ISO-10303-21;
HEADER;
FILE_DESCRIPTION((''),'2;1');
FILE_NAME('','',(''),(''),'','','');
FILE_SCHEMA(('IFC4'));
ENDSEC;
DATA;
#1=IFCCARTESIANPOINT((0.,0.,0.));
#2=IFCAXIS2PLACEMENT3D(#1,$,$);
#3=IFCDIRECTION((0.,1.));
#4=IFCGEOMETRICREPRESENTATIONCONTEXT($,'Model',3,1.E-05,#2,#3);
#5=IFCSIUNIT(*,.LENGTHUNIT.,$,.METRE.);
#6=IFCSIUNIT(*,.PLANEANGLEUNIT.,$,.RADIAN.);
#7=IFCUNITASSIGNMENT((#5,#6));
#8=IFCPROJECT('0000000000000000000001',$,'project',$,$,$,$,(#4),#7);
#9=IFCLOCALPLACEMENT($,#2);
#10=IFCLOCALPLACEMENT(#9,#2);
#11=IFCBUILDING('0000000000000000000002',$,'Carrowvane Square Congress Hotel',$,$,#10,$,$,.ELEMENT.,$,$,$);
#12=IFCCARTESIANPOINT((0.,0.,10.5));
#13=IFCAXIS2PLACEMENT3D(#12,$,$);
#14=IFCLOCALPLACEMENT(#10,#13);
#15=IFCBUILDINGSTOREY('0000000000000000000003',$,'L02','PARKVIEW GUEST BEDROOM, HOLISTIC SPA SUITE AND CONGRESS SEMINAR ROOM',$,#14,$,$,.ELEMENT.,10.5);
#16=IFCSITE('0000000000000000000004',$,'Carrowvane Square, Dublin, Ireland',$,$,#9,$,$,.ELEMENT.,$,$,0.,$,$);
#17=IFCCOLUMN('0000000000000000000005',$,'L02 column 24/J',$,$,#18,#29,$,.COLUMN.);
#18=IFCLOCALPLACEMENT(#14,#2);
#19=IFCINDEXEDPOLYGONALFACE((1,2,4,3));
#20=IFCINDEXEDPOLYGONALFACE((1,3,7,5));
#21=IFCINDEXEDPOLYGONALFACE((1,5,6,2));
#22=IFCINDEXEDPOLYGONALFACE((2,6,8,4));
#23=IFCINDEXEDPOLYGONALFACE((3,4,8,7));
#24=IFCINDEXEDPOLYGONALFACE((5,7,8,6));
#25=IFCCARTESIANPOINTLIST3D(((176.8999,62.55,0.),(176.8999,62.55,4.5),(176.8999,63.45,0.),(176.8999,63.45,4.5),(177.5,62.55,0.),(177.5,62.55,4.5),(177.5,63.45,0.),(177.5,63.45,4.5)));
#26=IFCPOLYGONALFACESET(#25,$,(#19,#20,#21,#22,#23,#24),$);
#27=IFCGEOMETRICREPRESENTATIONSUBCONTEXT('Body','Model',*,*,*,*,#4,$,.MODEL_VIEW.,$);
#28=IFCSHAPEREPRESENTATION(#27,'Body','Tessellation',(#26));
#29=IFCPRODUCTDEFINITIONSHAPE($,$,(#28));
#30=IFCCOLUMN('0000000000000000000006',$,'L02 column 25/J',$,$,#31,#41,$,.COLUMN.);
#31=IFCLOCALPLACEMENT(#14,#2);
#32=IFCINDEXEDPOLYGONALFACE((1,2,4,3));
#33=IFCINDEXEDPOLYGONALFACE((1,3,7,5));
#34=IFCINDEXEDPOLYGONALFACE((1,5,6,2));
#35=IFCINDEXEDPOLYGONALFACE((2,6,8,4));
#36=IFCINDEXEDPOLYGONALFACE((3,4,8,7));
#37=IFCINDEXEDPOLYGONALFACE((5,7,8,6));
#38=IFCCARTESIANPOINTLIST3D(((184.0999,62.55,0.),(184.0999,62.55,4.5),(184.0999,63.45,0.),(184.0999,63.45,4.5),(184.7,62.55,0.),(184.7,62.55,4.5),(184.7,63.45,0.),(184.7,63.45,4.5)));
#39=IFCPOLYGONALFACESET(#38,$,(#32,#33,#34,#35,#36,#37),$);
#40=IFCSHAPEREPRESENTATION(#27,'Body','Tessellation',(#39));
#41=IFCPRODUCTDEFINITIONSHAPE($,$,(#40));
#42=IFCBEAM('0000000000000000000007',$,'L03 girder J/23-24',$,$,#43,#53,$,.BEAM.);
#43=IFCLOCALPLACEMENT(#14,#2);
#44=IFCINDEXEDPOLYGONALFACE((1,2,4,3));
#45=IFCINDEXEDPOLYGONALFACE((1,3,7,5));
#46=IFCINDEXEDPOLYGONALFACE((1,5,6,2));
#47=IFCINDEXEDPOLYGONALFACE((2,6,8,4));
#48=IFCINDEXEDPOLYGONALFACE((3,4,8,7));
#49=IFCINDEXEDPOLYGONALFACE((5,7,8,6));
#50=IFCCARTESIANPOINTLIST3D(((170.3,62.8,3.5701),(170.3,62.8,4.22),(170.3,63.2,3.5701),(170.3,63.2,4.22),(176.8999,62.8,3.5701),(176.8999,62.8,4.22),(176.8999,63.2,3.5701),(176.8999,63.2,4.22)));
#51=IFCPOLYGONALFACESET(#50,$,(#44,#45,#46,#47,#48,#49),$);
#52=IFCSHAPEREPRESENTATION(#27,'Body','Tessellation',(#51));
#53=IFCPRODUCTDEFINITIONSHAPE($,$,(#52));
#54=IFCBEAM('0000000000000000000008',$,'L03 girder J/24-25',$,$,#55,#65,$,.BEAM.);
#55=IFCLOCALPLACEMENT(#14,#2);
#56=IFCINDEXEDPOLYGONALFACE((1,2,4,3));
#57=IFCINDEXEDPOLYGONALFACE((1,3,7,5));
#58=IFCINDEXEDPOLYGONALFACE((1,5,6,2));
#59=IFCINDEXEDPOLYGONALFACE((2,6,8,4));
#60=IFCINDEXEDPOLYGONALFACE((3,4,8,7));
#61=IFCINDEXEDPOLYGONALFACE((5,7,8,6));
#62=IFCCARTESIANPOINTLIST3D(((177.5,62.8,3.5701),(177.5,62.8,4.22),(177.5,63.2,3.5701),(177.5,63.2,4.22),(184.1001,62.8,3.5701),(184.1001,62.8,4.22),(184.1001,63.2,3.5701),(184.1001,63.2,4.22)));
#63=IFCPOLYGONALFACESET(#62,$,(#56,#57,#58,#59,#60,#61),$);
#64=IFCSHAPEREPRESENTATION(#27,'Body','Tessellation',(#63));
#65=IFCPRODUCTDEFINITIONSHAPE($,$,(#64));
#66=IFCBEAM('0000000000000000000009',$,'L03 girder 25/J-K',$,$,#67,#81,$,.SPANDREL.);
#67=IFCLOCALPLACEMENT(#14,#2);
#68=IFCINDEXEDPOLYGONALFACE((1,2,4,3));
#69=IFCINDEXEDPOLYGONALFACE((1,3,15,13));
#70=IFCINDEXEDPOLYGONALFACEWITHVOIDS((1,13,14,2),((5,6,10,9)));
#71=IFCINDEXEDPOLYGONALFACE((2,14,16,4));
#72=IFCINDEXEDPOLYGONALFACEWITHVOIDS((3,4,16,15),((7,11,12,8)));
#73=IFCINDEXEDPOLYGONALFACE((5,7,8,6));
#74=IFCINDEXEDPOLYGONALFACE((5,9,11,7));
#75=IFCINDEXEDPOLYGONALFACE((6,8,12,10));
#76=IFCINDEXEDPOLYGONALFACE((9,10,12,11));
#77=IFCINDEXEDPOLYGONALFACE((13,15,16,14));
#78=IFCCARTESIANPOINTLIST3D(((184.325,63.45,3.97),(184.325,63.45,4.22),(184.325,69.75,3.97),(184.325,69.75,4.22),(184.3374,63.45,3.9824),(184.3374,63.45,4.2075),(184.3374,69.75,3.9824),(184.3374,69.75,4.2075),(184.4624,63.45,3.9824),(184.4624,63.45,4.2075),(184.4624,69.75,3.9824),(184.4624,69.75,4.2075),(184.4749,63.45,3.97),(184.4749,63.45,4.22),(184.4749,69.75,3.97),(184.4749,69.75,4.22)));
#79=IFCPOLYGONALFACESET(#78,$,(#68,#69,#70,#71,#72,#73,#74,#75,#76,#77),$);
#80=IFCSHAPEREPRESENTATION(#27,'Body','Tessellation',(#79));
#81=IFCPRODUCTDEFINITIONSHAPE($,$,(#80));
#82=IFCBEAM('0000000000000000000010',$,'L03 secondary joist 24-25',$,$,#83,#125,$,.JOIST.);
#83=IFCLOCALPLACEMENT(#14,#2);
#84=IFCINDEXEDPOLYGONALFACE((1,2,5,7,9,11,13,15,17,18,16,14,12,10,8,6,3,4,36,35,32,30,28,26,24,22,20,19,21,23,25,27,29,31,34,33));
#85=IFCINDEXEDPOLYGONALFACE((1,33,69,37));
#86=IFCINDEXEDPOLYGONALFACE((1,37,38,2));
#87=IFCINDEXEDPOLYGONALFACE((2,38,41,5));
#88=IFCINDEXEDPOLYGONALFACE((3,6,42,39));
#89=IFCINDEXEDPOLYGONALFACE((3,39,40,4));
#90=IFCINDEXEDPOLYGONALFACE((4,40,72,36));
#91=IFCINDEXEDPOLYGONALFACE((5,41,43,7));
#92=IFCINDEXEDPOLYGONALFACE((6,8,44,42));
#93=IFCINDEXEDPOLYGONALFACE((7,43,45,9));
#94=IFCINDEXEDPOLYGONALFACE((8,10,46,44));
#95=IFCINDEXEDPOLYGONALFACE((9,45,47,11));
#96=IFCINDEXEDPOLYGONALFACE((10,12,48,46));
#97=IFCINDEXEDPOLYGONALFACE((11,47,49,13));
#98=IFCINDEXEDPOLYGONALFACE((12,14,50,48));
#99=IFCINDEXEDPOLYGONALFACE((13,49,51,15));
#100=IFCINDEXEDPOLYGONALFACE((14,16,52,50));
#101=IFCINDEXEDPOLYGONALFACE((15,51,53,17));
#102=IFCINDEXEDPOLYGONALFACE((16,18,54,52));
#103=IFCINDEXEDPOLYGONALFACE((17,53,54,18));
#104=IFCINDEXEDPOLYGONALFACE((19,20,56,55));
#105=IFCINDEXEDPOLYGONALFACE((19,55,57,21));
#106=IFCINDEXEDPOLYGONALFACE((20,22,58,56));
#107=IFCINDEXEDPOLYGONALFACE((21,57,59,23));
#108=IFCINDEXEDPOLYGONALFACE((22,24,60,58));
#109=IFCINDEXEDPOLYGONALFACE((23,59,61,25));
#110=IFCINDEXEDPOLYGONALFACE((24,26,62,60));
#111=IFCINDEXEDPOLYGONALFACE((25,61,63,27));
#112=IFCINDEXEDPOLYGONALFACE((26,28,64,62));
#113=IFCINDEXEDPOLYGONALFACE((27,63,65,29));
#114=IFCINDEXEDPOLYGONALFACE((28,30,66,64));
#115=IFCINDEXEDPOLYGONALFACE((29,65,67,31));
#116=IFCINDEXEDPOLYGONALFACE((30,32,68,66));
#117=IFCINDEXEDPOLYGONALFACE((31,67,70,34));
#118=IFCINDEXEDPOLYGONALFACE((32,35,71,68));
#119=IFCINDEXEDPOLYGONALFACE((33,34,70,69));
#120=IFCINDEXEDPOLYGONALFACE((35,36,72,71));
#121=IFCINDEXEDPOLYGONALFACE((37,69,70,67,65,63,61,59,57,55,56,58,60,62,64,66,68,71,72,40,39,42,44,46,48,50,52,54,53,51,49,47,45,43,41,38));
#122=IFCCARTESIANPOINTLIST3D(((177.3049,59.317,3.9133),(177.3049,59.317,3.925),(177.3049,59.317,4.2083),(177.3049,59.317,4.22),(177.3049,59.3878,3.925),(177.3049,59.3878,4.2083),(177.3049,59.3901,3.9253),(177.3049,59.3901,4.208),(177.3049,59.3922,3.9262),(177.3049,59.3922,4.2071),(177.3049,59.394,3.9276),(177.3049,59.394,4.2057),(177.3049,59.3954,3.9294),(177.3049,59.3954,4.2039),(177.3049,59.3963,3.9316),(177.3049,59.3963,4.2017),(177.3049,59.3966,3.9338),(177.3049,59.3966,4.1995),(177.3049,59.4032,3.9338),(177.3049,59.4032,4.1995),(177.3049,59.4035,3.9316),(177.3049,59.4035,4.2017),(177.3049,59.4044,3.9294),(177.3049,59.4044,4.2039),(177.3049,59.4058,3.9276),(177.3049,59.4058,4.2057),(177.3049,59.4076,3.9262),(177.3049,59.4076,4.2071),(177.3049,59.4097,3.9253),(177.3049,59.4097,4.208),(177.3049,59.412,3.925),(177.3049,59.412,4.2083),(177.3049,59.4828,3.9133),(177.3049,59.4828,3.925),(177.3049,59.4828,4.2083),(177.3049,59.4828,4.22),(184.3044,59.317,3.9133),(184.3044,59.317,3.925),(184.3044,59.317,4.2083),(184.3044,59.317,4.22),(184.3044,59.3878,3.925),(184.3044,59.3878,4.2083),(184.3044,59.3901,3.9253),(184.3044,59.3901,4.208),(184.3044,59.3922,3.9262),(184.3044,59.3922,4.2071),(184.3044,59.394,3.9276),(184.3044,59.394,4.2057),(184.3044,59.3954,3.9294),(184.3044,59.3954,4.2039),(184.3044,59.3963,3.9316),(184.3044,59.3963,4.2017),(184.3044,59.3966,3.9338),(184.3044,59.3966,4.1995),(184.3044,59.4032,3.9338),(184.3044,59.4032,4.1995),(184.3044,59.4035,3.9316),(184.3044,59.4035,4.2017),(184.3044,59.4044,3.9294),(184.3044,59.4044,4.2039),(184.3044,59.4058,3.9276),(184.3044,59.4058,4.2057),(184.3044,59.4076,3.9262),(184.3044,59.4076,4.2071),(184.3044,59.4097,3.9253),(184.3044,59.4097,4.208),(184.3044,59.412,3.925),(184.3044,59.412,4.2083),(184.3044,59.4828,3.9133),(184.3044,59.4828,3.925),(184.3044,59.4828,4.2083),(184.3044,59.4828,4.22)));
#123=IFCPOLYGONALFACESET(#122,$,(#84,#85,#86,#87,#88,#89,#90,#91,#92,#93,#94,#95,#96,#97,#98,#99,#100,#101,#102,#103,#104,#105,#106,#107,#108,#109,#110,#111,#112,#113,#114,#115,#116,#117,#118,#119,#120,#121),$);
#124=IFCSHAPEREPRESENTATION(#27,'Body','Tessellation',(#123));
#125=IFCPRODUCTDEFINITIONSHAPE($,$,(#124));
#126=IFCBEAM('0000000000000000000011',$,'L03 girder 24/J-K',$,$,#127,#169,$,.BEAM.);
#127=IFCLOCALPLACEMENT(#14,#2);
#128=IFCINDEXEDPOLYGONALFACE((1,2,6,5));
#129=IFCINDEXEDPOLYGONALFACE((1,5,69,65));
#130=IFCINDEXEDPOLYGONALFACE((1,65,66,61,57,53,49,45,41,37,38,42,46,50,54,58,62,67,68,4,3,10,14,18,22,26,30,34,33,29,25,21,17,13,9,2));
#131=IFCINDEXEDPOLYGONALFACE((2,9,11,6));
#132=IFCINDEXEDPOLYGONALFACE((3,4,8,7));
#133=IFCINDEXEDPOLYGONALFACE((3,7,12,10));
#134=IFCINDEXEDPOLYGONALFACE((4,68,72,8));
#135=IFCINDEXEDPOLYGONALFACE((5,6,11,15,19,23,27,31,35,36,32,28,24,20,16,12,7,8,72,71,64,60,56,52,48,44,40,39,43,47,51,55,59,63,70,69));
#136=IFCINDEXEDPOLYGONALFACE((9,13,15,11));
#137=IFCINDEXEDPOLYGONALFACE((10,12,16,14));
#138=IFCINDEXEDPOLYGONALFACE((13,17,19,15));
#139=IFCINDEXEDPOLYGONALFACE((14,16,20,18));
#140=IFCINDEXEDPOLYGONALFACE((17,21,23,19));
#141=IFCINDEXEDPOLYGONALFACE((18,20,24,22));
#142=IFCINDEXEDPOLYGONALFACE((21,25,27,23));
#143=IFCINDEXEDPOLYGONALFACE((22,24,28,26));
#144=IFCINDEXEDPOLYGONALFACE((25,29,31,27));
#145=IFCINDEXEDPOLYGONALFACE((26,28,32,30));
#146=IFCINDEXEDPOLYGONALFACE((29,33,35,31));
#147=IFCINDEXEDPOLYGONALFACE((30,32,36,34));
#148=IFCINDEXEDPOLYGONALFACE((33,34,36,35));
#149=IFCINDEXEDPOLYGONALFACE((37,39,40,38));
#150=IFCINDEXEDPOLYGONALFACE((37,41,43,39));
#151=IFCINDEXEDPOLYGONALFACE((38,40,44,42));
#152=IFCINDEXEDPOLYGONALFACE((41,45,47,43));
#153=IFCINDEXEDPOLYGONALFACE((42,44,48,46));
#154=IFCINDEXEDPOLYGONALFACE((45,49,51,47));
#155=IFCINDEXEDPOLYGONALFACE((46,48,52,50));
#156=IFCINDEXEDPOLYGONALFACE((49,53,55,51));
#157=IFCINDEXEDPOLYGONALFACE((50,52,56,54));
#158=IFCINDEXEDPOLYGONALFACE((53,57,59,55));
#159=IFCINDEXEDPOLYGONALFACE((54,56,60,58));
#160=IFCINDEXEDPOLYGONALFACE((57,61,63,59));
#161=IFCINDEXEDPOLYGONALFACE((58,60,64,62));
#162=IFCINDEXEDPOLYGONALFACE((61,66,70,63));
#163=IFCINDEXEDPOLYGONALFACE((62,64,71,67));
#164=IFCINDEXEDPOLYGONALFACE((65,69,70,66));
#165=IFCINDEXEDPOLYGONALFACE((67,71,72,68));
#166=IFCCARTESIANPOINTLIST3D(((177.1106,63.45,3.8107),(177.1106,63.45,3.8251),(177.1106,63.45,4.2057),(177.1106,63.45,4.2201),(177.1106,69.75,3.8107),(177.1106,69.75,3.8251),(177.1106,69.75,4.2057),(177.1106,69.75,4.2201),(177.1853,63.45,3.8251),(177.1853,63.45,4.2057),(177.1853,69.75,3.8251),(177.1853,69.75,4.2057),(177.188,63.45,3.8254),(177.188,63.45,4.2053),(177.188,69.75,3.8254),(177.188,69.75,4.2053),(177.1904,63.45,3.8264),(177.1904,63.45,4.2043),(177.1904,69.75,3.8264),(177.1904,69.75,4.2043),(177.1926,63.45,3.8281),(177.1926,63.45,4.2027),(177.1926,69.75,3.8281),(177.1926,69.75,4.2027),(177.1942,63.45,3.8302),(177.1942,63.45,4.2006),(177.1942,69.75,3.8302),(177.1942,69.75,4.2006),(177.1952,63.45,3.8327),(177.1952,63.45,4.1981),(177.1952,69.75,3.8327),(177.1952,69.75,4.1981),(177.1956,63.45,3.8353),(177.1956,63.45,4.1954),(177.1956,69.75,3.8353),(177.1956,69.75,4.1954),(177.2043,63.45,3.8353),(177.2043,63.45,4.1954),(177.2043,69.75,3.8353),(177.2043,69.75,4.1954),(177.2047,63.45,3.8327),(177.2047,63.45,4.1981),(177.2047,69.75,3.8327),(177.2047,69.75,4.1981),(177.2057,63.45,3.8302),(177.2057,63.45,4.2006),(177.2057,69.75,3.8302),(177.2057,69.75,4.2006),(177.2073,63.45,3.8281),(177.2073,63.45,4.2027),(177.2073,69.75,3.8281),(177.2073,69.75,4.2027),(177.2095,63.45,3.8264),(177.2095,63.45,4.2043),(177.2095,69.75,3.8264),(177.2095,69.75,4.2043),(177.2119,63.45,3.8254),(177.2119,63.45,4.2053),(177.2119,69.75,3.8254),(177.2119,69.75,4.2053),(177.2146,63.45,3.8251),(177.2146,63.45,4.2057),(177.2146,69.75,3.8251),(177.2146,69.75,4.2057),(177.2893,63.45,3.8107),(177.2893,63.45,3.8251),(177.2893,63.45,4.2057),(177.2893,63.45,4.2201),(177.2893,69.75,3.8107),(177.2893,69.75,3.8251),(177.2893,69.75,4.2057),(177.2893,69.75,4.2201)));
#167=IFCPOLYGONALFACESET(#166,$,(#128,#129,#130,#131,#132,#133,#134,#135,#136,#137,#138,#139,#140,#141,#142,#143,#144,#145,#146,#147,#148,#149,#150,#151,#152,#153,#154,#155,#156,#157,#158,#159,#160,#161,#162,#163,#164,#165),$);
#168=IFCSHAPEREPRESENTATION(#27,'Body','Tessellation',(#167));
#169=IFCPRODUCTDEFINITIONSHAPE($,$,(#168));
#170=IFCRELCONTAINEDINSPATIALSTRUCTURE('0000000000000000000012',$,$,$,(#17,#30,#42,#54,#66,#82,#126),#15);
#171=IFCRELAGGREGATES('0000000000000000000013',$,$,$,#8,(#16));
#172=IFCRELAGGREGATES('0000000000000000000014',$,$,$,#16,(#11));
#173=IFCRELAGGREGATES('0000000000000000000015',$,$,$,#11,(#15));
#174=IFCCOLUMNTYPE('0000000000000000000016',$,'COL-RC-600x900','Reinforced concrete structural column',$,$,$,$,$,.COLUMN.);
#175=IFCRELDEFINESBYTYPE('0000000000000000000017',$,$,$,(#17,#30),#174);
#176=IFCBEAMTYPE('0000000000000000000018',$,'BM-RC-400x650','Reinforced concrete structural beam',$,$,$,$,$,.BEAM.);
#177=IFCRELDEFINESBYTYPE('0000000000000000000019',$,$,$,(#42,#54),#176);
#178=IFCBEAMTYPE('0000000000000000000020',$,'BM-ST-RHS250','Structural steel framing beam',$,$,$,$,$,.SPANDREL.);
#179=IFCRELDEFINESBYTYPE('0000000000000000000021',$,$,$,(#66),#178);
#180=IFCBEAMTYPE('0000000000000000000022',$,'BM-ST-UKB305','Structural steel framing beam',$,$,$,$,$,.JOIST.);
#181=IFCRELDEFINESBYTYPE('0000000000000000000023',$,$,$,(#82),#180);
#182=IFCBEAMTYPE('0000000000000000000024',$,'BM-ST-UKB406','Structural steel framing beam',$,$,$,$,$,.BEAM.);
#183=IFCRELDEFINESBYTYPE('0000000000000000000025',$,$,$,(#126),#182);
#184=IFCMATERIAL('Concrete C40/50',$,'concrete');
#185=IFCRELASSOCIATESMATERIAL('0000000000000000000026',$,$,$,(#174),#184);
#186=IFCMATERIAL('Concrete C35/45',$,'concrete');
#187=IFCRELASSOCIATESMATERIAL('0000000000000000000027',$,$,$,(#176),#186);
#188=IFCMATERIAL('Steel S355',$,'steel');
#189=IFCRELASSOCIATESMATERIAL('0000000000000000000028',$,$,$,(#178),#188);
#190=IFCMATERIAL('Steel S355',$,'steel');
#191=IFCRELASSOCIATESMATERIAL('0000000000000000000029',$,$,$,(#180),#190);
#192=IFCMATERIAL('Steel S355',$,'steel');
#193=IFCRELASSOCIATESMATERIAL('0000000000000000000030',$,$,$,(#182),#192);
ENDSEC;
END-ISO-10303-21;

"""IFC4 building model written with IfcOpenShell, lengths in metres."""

from ifc_helpers import new_model, si_unit, direction, frame, origin, origin_2d, place, context, subcontext, project, spatial, rectangle, hollow_rectangle, i_section, extrude, material, material_profile, profile_set, type_object, element, save


model = new_model("IFC4")

# Units and contexts
model_context = context("Model", 3, precision=1e-05, world=origin(), true_north=direction((0.0, 1.0)))
body_context = subcontext(model_context, "Body", "Model", "MODEL_VIEW")
ifc_project = project(units=[si_unit("LENGTHUNIT", "METRE"), si_unit("PLANEANGLEUNIT", "RADIAN")], contexts=[model_context])

# Site, building, storey
site_placement = place(None, origin())
site = spatial("IfcSite", under=ifc_project, at=site_placement, Name="Carrowvane Square, Dublin, Ireland", CompositionType="ELEMENT", RefElevation=0.0)
building_placement = place(site_placement, origin())
building = spatial("IfcBuilding", under=site, at=building_placement, Name="Carrowvane Square Congress Hotel", CompositionType="ELEMENT")
storey_placement = place(building_placement, frame((0.0, 0.0, 10.5)))
storey = spatial("IfcBuildingStorey", under=building, at=storey_placement, Name="L02", Description="PARKVIEW GUEST BEDROOM, HOLISTIC SPA SUITE AND CONGRESS SEMINAR ROOM", CompositionType="ELEMENT", Elevation=10.5)

# Columns
ifc_material_1 = material(Name="Concrete C40/50", Category="concrete")
ifc_material_profile_1 = material_profile(ifc_material_1, rectangle(XDim=0.6001, YDim=0.8999, at=origin_2d()), Name="RC 600x900")
ifc_profile_set_1 = profile_set([ifc_material_profile_1], Name="Concrete C40/50")
column_type = type_object("IfcColumnType", Name="COL-RC-600x900", Description="Reinforced concrete structural column", PredefinedType="COLUMN", material=ifc_profile_set_1)
for number, where, z_axis, x_axis, name in (
    (1, (177.2, 63.0, 0.0), (0.0, 0.0, 1.0), (1.0, 0.0, 0.0), "L02 column 24/J"),
    (2, (184.3999, 63.0, 0.0), (0.0, 0.0, 1.0), (1.0, 0.0, 0.0), "L02 column 25/J"),
):
    element("IfcColumn", number, at=place(storey_placement, frame(where, z_axis=z_axis, x_axis=x_axis)), inside=storey, type_object=column_type, Name=name, PredefinedType="COLUMN", context=body_context, shape_type="SweptSolid", body=[
        extrude(rectangle(XDim=0.6001, YDim=0.8999, at=origin_2d()), origin(), (0.0, 0.0, 1.0), 4.5),
    ])

# Beams
ifc_material_2 = material(Name="Concrete C35/45", Category="concrete")
ifc_material_profile_2 = material_profile(ifc_material_2, rectangle(XDim=0.3999, YDim=0.6499, at=origin_2d()), Name="RC 400x650")
ifc_profile_set_2 = profile_set([ifc_material_profile_2], Name="Concrete C35/45")
beam_type_1 = type_object("IfcBeamType", Name="BM-RC-400x650", Description="Reinforced concrete structural beam", PredefinedType="BEAM", material=ifc_profile_set_2)
beam_1_placement = place(storey_placement, frame((170.3, 63.0, 3.895), z_axis=(1.0, 0.0, 0.0), x_axis=(0.0, 1.0, 0.0)))
element("IfcBeam", 3, at=beam_1_placement, inside=storey, type_object=beam_type_1, Name="L03 girder J/23-24", PredefinedType="BEAM", context=body_context, shape_type="SweptSolid", body=[
    extrude(rectangle(XDim=0.3999, YDim=0.6499, at=origin_2d()), origin(), (0.0, 0.0, 1.0), 6.5999),
])
beam_2_placement = place(storey_placement, frame((177.5, 63.0, 3.895), z_axis=(1.0, 0.0, 0.0), x_axis=(0.0, 1.0, 0.0)))
element("IfcBeam", 4, at=beam_2_placement, inside=storey, type_object=beam_type_1, Name="L03 girder J/24-25", PredefinedType="BEAM", context=body_context, shape_type="SweptSolid", body=[
    extrude(rectangle(XDim=0.3999, YDim=0.6499, at=origin_2d()), origin(), (0.0, 0.0, 1.0), 6.6001),
])
ifc_material_3 = material(Name="Steel S355", Category="steel")
ifc_material_profile_3 = material_profile(ifc_material_3, hollow_rectangle(XDim=0.1499, YDim=0.25, WallThickness=0.0125, at=origin_2d()), Name="RHS 250x150x12.5")
ifc_profile_set_3 = profile_set([ifc_material_profile_3], Name="Steel S355")
beam_type_2 = type_object("IfcBeamType", Name="BM-ST-RHS250", Description="Structural steel framing beam", PredefinedType="SPANDREL", material=ifc_profile_set_3)
beam_3_placement = place(storey_placement, frame((184.3999, 63.45, 4.095), z_axis=(0.0, 1.0, 0.0), x_axis=(-1.0, 0.0, 0.0)))
element("IfcBeam", 5, at=beam_3_placement, inside=storey, type_object=beam_type_2, Name="L03 girder 25/J-K", PredefinedType="SPANDREL", context=body_context, shape_type="SweptSolid", body=[
    extrude(hollow_rectangle(XDim=0.1499, YDim=0.25, WallThickness=0.0125, at=origin_2d()), origin(), (0.0, 0.0, 1.0), 6.3),
])
ifc_material_4 = material(Name="Steel S355", Category="steel")
ifc_material_profile_4 = material_profile(ifc_material_4, i_section(OverallWidth=0.1658, OverallDepth=0.3066, WebThickness=0.0066, FlangeThickness=0.0117, FilletRadius=0.0088, at=origin_2d()), Name="UKB 305x165x46")
ifc_profile_set_4 = profile_set([ifc_material_profile_4], Name="Steel S355")
beam_type_3 = type_object("IfcBeamType", Name="BM-ST-UKB305", Description="Structural steel framing beam", PredefinedType="JOIST", material=ifc_profile_set_4)
beam_4_placement = place(storey_placement, frame((177.3049, 59.3999, 4.0667), z_axis=(1.0, 0.0, 0.0), x_axis=(0.0, 1.0, 0.0)))
element("IfcBeam", 6, at=beam_4_placement, inside=storey, type_object=beam_type_3, Name="L03 secondary joist 24-25", PredefinedType="JOIST", context=body_context, shape_type="SweptSolid", body=[
    extrude(i_section(OverallWidth=0.1658, OverallDepth=0.3066, WebThickness=0.0066, FlangeThickness=0.0117, FilletRadius=0.0088, at=origin_2d()), origin(), (0.0, 0.0, 1.0), 6.9995),
])
ifc_material_5 = material(Name="Steel S355", Category="steel")
ifc_material_profile_5 = material_profile(ifc_material_5, i_section(OverallWidth=0.1787, OverallDepth=0.4094, WebThickness=0.0088, FlangeThickness=0.0144, FilletRadius=0.0103, at=origin_2d()), Name="UKB 406x178x67")
ifc_profile_set_5 = profile_set([ifc_material_profile_5], Name="Steel S355")
beam_type_4 = type_object("IfcBeamType", Name="BM-ST-UKB406", Description="Structural steel framing beam", PredefinedType="BEAM", material=ifc_profile_set_5)
beam_5_placement = place(storey_placement, frame((177.2, 63.45, 4.0154), z_axis=(0.0, 1.0, 0.0), x_axis=(-1.0, 0.0, 0.0)))
element("IfcBeam", 7, at=beam_5_placement, inside=storey, type_object=beam_type_4, Name="L03 girder 24/J-K", PredefinedType="BEAM", context=body_context, shape_type="SweptSolid", body=[
    extrude(i_section(OverallWidth=0.1787, OverallDepth=0.4094, WebThickness=0.0088, FlangeThickness=0.0144, FilletRadius=0.0103, at=origin_2d()), origin(), (0.0, 0.0, 1.0), 6.3),
])

save(model, "model.ifc")
